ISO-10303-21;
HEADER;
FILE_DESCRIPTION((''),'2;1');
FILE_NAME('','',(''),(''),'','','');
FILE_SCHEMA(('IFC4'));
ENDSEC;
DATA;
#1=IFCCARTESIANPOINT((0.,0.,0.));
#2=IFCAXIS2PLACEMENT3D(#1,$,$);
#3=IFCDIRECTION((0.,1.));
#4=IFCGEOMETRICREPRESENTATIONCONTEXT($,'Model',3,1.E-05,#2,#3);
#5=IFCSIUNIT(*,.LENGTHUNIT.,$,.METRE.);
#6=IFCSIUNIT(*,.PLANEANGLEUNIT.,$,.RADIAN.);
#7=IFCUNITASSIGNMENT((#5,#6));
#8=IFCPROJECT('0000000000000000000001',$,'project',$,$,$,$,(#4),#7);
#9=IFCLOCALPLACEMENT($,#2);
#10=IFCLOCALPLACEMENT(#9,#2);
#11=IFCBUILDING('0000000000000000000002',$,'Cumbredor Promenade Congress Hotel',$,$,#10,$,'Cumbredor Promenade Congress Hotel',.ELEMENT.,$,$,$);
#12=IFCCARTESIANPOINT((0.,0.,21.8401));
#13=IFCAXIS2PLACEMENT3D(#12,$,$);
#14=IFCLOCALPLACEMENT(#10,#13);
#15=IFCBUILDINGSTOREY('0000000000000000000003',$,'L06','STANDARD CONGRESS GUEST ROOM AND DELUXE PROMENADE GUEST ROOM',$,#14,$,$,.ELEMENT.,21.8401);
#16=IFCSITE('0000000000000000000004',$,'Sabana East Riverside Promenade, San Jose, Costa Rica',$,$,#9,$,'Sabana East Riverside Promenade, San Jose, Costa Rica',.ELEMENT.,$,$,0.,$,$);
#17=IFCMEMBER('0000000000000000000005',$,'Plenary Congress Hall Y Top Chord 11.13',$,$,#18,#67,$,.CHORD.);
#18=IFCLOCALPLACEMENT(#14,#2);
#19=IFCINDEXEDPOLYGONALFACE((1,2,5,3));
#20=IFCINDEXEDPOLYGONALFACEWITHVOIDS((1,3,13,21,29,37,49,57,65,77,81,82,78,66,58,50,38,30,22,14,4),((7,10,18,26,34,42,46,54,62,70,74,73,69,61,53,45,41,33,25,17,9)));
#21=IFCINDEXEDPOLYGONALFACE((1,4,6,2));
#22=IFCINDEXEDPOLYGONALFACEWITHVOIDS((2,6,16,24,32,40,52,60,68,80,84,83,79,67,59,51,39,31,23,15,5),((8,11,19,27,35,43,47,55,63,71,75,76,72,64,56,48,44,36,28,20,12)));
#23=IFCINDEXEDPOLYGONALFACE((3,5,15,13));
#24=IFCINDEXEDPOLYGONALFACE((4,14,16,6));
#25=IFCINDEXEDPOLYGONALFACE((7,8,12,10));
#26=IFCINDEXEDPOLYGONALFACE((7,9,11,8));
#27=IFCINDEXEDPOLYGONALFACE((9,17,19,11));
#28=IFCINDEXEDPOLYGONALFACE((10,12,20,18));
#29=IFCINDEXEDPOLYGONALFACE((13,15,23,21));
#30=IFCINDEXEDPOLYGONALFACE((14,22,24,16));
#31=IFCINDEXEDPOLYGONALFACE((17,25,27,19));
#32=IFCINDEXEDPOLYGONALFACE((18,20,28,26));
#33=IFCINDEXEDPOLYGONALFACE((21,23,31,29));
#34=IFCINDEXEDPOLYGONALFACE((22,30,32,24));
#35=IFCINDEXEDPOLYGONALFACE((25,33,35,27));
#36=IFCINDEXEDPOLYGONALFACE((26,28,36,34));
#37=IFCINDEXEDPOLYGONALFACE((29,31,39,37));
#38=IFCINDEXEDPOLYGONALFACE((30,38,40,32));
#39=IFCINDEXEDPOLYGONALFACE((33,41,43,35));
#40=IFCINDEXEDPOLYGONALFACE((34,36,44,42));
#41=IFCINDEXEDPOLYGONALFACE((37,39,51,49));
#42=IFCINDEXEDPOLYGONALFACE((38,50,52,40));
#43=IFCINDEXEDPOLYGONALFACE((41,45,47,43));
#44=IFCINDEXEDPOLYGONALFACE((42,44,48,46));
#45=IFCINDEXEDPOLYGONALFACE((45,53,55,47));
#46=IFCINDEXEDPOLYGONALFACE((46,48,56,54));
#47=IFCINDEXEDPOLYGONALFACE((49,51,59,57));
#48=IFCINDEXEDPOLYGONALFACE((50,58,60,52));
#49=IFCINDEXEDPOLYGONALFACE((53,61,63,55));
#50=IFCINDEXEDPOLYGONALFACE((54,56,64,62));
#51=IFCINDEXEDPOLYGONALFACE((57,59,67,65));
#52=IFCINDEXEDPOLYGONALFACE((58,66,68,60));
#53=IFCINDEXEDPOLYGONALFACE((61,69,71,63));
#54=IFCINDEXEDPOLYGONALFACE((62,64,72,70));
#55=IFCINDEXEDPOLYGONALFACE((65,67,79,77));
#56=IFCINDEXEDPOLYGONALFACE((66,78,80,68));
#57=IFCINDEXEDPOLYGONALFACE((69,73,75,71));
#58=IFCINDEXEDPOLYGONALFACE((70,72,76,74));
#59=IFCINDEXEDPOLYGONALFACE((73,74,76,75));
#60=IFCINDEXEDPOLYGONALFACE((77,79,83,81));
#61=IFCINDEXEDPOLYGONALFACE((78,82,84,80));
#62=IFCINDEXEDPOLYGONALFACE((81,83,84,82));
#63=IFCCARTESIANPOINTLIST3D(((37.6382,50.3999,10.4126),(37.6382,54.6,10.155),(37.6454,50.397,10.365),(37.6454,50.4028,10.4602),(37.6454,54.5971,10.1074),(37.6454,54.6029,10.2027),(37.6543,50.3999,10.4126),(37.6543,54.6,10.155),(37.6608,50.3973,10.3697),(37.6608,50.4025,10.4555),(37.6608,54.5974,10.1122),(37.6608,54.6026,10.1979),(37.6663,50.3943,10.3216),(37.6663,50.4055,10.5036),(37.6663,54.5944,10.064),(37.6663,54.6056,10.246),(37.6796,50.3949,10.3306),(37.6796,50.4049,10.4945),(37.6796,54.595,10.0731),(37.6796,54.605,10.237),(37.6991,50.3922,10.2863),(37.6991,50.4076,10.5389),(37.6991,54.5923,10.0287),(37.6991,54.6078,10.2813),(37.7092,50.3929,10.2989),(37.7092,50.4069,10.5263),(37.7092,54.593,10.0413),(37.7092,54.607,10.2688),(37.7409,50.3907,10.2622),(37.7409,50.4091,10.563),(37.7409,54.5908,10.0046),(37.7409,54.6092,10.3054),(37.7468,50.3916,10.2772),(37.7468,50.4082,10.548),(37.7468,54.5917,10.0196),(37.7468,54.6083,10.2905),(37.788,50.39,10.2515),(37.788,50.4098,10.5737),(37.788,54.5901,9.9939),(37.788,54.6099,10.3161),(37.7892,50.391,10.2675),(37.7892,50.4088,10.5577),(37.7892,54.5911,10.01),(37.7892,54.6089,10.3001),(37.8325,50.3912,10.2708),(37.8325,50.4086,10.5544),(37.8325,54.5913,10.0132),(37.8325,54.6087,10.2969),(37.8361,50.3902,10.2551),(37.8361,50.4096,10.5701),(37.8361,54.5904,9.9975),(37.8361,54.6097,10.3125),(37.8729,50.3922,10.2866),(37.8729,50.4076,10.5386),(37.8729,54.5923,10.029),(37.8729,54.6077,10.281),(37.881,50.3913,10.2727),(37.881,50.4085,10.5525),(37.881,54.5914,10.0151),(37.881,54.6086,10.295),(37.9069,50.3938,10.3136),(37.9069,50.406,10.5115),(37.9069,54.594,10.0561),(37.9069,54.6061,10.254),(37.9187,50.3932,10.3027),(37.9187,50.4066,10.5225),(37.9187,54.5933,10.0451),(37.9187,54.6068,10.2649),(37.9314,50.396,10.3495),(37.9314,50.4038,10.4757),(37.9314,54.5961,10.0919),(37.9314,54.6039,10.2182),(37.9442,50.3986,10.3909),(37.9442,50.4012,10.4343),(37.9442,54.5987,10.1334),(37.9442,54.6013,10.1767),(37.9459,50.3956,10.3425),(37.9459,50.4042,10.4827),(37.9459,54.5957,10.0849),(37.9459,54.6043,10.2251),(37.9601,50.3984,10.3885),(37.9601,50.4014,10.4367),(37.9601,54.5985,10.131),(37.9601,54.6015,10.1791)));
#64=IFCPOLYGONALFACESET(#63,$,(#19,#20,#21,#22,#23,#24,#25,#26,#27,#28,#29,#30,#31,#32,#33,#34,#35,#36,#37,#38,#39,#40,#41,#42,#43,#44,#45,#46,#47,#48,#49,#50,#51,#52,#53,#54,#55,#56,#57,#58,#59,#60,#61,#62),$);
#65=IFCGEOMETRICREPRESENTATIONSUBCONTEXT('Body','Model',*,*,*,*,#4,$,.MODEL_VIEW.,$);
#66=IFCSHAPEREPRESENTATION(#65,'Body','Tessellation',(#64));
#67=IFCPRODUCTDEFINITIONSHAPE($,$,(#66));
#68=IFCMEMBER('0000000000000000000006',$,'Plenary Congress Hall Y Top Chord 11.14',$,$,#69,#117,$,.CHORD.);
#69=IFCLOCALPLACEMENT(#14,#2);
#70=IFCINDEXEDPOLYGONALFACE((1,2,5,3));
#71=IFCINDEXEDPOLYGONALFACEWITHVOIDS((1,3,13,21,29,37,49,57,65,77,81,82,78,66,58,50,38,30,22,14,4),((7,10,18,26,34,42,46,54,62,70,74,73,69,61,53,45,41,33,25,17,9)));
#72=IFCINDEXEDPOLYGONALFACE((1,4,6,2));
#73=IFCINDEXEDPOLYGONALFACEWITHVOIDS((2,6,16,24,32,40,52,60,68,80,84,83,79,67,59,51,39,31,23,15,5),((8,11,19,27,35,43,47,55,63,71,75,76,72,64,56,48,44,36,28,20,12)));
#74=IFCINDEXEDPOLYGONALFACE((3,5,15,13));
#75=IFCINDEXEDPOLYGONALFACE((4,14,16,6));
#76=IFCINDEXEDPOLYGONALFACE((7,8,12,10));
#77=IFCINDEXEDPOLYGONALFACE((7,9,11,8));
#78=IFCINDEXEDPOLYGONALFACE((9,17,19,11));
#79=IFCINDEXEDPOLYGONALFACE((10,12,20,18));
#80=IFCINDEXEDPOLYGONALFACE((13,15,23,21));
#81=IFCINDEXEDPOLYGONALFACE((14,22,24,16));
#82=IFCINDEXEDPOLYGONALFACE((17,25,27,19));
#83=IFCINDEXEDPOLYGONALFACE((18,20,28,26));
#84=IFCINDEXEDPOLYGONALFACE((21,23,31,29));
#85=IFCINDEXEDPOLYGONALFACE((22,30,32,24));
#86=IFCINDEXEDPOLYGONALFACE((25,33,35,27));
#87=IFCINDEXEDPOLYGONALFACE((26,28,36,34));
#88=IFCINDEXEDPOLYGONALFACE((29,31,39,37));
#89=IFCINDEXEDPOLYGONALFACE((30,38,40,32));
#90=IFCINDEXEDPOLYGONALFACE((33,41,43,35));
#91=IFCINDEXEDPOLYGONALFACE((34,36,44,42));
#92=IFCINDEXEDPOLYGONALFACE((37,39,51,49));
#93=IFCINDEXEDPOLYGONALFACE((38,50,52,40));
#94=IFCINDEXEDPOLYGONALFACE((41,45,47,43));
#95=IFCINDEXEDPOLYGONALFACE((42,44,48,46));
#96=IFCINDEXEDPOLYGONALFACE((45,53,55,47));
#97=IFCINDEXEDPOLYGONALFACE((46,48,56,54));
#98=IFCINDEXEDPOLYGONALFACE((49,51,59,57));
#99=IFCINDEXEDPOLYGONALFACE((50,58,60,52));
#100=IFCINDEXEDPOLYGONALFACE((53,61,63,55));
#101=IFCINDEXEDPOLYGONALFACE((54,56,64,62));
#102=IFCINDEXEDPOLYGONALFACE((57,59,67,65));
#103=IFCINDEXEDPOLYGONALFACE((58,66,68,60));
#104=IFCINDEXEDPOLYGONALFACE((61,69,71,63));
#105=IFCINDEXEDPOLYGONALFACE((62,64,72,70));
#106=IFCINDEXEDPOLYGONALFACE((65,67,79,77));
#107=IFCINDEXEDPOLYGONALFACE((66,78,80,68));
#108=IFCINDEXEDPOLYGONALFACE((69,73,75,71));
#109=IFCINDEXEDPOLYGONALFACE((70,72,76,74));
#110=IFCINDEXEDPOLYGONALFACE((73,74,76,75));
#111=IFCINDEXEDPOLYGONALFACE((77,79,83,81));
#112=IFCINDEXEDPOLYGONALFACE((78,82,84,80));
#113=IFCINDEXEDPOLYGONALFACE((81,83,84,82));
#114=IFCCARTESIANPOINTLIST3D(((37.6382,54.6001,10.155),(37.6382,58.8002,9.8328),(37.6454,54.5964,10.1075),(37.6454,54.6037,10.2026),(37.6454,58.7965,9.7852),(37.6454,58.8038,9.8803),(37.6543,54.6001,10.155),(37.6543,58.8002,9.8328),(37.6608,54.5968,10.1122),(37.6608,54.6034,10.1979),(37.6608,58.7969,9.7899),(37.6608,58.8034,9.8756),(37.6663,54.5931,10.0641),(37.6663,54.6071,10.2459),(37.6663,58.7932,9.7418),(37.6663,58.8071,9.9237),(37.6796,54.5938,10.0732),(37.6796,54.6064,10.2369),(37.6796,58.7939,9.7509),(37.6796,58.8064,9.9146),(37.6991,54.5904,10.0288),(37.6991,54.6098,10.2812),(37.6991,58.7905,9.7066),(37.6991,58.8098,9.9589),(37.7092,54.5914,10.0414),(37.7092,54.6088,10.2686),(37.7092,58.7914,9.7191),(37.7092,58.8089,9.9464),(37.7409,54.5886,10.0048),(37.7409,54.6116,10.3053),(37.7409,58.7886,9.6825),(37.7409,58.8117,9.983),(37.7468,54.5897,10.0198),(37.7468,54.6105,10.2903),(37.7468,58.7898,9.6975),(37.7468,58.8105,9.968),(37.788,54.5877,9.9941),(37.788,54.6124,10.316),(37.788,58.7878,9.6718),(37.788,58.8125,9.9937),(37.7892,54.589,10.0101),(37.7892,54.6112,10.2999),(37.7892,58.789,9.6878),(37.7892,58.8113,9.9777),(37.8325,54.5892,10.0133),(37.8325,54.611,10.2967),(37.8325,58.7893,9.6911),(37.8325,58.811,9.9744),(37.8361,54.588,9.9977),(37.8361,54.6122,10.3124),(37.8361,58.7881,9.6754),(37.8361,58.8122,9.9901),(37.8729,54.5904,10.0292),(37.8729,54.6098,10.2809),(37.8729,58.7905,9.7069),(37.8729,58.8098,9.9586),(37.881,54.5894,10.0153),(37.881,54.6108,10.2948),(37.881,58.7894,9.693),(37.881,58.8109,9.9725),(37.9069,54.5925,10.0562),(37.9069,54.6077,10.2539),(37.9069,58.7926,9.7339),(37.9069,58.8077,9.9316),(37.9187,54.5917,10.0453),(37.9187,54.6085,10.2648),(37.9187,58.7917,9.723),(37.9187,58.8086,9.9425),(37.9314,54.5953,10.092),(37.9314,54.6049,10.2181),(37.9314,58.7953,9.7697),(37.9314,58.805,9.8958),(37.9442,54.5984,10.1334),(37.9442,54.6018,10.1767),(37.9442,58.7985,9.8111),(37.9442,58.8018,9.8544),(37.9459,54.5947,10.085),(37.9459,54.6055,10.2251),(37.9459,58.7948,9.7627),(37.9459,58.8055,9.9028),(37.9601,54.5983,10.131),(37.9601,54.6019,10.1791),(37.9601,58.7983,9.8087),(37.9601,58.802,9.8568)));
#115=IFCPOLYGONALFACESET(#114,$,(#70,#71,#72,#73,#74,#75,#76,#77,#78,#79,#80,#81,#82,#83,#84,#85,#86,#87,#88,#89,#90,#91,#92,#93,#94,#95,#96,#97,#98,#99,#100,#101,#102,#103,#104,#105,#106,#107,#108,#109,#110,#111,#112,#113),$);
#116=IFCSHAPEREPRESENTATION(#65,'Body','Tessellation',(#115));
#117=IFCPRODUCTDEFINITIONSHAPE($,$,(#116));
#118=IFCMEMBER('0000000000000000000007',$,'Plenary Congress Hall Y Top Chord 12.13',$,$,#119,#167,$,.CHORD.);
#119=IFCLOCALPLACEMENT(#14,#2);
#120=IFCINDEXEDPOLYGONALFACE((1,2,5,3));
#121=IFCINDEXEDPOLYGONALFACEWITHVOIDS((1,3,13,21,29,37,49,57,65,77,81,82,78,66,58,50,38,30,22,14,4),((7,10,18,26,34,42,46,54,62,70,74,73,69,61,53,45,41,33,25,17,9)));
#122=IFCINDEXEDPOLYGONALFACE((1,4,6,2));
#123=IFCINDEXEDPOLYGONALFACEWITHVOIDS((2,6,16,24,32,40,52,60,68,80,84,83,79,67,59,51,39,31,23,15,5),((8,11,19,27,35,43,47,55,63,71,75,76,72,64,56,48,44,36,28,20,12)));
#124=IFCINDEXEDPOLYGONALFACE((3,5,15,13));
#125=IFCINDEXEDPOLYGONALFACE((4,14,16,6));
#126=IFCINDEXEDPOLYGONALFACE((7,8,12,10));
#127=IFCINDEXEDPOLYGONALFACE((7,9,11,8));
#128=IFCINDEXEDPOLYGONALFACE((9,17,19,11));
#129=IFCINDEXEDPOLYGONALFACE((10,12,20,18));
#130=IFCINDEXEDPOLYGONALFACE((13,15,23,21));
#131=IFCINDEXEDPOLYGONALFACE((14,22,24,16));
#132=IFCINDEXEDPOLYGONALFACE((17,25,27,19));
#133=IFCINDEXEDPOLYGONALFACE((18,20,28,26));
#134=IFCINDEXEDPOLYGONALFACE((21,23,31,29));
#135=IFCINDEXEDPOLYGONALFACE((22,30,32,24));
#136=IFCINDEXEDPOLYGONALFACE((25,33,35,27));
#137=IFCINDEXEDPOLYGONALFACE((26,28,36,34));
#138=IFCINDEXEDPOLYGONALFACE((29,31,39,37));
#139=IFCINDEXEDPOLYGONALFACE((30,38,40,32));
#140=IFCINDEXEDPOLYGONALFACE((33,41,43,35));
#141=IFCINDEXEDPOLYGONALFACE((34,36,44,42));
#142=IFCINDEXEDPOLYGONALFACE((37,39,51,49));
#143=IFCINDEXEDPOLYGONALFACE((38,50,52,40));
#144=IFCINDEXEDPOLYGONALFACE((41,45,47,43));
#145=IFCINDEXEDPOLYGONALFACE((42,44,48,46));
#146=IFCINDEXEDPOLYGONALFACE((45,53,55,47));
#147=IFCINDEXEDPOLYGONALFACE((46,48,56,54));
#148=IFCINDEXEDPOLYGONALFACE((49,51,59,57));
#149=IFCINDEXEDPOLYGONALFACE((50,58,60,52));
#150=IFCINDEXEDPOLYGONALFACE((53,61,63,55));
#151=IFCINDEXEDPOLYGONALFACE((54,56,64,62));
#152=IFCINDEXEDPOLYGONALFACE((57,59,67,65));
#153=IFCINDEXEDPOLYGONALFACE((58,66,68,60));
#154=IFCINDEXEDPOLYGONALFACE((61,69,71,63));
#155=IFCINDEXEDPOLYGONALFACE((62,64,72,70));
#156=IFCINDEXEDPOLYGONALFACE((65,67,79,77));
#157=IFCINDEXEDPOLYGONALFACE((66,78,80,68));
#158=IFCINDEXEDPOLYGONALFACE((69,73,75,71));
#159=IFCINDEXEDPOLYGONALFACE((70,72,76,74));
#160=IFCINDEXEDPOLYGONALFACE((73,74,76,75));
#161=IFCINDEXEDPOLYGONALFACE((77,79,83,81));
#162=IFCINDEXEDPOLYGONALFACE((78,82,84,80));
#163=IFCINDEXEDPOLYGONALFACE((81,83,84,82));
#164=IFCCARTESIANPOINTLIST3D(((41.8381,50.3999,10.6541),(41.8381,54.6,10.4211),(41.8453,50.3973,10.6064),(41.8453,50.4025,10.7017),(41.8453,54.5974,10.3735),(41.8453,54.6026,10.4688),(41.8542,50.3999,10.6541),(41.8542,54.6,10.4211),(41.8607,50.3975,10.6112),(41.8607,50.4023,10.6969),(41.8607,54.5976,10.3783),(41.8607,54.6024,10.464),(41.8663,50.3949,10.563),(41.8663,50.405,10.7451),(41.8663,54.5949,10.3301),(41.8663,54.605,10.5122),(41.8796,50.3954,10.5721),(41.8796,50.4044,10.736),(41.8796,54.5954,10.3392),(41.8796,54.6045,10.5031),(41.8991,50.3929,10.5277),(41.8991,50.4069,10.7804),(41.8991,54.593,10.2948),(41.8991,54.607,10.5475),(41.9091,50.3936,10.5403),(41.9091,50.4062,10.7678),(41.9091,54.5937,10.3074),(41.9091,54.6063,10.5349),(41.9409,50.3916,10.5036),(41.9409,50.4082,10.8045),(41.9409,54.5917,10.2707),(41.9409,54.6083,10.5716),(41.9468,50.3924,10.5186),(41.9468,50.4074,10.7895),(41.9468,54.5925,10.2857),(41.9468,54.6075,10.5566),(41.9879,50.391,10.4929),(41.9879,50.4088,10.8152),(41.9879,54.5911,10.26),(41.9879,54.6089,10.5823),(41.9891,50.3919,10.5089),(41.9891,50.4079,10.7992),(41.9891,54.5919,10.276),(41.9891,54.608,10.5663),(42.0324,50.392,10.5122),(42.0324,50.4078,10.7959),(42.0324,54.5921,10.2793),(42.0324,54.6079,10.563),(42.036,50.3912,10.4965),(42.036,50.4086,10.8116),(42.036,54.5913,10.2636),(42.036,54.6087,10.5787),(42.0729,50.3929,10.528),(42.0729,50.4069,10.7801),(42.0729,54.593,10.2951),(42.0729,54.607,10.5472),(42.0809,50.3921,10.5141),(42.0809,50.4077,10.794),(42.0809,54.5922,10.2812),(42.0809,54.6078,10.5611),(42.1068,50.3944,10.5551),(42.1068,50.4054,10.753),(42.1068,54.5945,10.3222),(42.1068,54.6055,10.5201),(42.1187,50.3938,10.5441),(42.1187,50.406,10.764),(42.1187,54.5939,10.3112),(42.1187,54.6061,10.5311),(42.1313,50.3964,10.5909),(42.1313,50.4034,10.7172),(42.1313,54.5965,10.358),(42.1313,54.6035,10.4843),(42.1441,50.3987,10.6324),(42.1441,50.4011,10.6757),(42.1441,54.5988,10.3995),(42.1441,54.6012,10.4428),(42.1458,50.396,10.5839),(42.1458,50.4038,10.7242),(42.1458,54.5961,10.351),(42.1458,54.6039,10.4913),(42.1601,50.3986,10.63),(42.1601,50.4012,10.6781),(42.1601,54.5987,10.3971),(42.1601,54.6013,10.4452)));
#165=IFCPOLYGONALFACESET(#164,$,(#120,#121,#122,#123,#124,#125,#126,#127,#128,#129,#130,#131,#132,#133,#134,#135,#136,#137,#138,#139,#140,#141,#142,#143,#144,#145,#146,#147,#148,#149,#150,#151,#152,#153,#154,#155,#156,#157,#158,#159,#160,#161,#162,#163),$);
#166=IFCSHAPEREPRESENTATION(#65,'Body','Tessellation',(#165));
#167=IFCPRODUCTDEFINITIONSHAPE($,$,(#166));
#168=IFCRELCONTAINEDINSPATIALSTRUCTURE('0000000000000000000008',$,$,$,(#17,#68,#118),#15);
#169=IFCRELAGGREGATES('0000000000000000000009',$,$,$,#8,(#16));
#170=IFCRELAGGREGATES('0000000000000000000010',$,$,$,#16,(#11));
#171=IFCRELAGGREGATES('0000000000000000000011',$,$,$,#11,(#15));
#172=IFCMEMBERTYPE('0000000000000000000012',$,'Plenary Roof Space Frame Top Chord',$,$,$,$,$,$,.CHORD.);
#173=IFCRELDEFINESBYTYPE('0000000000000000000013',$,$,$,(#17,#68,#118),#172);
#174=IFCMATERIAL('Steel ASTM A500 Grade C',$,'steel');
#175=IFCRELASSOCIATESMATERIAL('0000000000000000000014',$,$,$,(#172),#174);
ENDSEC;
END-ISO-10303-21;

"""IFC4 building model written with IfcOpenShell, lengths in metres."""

from ifc_helpers import new_model, si_unit, direction, frame, origin, origin_2d, place, context, subcontext, project, spatial, hollow_circle, extrude, material, material_profile, profile_set, type_object, element, save


model = new_model("IFC4")

# Units and contexts
model_context = context("Model", 3, precision=1e-05, world=origin(), true_north=direction((0.0, 1.0)))
body_context = subcontext(model_context, "Body", "Model", "MODEL_VIEW")
ifc_project = project(units=[si_unit("LENGTHUNIT", "METRE"), si_unit("PLANEANGLEUNIT", "RADIAN")], contexts=[model_context])

# Site, building, storey
site_placement = place(None, origin())
site = spatial("IfcSite", under=ifc_project, at=site_placement, Name="Sabana East Riverside Promenade, San Jose, Costa Rica", LongName="Sabana East Riverside Promenade, San Jose, Costa Rica", CompositionType="ELEMENT", RefElevation=0.0)
building_placement = place(site_placement, origin())
building = spatial("IfcBuilding", under=site, at=building_placement, Name="Cumbredor Promenade Congress Hotel", LongName="Cumbredor Promenade Congress Hotel", CompositionType="ELEMENT")
storey_placement = place(building_placement, frame((0.0, 0.0, 21.8401)))
storey = spatial("IfcBuildingStorey", under=building, at=storey_placement, Name="L06", Description="STANDARD CONGRESS GUEST ROOM AND DELUXE PROMENADE GUEST ROOM", CompositionType="ELEMENT", Elevation=21.8401)

# Members
ifc_material_1 = material(Name="Steel ASTM A500 Grade C", Category="steel")
ifc_material_profile_1 = material_profile(ifc_material_1, hollow_circle(Radius=0.1619, WallThickness=0.0161, at=origin_2d()), Name="CHS 323.9x16")
ifc_profile_set_1 = profile_set([ifc_material_profile_1], Name="Steel ASTM A500 Grade C")
member_type_1 = type_object("IfcMemberType", Name="Plenary Roof Space Frame Top Chord", PredefinedType="CHORD", material=ifc_profile_set_1)
member_1_placement = place(storey_placement, frame((37.8, 50.3999, 10.4126), z_axis=(0.0, 0.998125, -0.061208), x_axis=(-1.0, 0.0, 0.0)))
element("IfcMember", 1, at=member_1_placement, inside=storey, type_object=member_type_1, Name="Plenary Congress Hall Y Top Chord 11.13", PredefinedType="CHORD", context=body_context, shape_type="SweptSolid", body=[
    extrude(hollow_circle(Radius=0.1619, WallThickness=0.0161, at=origin_2d()), origin(), (0.0, 0.0, 1.0), 4.208),
])
member_2_placement = place(storey_placement, frame((37.8, 54.6001, 10.155), z_axis=(0.0, 0.997069, -0.076506), x_axis=(-1.0, 0.0, 0.0)))
element("IfcMember", 2, at=member_2_placement, inside=storey, type_object=member_type_1, Name="Plenary Congress Hall Y Top Chord 11.14", PredefinedType="CHORD", context=body_context, shape_type="SweptSolid", body=[
    extrude(hollow_circle(Radius=0.1619, WallThickness=0.0161, at=origin_2d()), origin(), (0.0, 0.0, 1.0), 4.2124),
])
member_3_placement = place(storey_placement, frame((42.0, 50.3999, 10.6541), z_axis=(0.0, 0.998466, -0.055367), x_axis=(-1.0, 0.0, 0.0)))
element("IfcMember", 3, at=member_3_placement, inside=storey, type_object=member_type_1, Name="Plenary Congress Hall Y Top Chord 12.13", PredefinedType="CHORD", context=body_context, shape_type="SweptSolid", body=[
    extrude(hollow_circle(Radius=0.1619, WallThickness=0.0161, at=origin_2d()), origin(), (0.0, 0.0, 1.0), 4.2065),
])

save(model, "model.ifc")
